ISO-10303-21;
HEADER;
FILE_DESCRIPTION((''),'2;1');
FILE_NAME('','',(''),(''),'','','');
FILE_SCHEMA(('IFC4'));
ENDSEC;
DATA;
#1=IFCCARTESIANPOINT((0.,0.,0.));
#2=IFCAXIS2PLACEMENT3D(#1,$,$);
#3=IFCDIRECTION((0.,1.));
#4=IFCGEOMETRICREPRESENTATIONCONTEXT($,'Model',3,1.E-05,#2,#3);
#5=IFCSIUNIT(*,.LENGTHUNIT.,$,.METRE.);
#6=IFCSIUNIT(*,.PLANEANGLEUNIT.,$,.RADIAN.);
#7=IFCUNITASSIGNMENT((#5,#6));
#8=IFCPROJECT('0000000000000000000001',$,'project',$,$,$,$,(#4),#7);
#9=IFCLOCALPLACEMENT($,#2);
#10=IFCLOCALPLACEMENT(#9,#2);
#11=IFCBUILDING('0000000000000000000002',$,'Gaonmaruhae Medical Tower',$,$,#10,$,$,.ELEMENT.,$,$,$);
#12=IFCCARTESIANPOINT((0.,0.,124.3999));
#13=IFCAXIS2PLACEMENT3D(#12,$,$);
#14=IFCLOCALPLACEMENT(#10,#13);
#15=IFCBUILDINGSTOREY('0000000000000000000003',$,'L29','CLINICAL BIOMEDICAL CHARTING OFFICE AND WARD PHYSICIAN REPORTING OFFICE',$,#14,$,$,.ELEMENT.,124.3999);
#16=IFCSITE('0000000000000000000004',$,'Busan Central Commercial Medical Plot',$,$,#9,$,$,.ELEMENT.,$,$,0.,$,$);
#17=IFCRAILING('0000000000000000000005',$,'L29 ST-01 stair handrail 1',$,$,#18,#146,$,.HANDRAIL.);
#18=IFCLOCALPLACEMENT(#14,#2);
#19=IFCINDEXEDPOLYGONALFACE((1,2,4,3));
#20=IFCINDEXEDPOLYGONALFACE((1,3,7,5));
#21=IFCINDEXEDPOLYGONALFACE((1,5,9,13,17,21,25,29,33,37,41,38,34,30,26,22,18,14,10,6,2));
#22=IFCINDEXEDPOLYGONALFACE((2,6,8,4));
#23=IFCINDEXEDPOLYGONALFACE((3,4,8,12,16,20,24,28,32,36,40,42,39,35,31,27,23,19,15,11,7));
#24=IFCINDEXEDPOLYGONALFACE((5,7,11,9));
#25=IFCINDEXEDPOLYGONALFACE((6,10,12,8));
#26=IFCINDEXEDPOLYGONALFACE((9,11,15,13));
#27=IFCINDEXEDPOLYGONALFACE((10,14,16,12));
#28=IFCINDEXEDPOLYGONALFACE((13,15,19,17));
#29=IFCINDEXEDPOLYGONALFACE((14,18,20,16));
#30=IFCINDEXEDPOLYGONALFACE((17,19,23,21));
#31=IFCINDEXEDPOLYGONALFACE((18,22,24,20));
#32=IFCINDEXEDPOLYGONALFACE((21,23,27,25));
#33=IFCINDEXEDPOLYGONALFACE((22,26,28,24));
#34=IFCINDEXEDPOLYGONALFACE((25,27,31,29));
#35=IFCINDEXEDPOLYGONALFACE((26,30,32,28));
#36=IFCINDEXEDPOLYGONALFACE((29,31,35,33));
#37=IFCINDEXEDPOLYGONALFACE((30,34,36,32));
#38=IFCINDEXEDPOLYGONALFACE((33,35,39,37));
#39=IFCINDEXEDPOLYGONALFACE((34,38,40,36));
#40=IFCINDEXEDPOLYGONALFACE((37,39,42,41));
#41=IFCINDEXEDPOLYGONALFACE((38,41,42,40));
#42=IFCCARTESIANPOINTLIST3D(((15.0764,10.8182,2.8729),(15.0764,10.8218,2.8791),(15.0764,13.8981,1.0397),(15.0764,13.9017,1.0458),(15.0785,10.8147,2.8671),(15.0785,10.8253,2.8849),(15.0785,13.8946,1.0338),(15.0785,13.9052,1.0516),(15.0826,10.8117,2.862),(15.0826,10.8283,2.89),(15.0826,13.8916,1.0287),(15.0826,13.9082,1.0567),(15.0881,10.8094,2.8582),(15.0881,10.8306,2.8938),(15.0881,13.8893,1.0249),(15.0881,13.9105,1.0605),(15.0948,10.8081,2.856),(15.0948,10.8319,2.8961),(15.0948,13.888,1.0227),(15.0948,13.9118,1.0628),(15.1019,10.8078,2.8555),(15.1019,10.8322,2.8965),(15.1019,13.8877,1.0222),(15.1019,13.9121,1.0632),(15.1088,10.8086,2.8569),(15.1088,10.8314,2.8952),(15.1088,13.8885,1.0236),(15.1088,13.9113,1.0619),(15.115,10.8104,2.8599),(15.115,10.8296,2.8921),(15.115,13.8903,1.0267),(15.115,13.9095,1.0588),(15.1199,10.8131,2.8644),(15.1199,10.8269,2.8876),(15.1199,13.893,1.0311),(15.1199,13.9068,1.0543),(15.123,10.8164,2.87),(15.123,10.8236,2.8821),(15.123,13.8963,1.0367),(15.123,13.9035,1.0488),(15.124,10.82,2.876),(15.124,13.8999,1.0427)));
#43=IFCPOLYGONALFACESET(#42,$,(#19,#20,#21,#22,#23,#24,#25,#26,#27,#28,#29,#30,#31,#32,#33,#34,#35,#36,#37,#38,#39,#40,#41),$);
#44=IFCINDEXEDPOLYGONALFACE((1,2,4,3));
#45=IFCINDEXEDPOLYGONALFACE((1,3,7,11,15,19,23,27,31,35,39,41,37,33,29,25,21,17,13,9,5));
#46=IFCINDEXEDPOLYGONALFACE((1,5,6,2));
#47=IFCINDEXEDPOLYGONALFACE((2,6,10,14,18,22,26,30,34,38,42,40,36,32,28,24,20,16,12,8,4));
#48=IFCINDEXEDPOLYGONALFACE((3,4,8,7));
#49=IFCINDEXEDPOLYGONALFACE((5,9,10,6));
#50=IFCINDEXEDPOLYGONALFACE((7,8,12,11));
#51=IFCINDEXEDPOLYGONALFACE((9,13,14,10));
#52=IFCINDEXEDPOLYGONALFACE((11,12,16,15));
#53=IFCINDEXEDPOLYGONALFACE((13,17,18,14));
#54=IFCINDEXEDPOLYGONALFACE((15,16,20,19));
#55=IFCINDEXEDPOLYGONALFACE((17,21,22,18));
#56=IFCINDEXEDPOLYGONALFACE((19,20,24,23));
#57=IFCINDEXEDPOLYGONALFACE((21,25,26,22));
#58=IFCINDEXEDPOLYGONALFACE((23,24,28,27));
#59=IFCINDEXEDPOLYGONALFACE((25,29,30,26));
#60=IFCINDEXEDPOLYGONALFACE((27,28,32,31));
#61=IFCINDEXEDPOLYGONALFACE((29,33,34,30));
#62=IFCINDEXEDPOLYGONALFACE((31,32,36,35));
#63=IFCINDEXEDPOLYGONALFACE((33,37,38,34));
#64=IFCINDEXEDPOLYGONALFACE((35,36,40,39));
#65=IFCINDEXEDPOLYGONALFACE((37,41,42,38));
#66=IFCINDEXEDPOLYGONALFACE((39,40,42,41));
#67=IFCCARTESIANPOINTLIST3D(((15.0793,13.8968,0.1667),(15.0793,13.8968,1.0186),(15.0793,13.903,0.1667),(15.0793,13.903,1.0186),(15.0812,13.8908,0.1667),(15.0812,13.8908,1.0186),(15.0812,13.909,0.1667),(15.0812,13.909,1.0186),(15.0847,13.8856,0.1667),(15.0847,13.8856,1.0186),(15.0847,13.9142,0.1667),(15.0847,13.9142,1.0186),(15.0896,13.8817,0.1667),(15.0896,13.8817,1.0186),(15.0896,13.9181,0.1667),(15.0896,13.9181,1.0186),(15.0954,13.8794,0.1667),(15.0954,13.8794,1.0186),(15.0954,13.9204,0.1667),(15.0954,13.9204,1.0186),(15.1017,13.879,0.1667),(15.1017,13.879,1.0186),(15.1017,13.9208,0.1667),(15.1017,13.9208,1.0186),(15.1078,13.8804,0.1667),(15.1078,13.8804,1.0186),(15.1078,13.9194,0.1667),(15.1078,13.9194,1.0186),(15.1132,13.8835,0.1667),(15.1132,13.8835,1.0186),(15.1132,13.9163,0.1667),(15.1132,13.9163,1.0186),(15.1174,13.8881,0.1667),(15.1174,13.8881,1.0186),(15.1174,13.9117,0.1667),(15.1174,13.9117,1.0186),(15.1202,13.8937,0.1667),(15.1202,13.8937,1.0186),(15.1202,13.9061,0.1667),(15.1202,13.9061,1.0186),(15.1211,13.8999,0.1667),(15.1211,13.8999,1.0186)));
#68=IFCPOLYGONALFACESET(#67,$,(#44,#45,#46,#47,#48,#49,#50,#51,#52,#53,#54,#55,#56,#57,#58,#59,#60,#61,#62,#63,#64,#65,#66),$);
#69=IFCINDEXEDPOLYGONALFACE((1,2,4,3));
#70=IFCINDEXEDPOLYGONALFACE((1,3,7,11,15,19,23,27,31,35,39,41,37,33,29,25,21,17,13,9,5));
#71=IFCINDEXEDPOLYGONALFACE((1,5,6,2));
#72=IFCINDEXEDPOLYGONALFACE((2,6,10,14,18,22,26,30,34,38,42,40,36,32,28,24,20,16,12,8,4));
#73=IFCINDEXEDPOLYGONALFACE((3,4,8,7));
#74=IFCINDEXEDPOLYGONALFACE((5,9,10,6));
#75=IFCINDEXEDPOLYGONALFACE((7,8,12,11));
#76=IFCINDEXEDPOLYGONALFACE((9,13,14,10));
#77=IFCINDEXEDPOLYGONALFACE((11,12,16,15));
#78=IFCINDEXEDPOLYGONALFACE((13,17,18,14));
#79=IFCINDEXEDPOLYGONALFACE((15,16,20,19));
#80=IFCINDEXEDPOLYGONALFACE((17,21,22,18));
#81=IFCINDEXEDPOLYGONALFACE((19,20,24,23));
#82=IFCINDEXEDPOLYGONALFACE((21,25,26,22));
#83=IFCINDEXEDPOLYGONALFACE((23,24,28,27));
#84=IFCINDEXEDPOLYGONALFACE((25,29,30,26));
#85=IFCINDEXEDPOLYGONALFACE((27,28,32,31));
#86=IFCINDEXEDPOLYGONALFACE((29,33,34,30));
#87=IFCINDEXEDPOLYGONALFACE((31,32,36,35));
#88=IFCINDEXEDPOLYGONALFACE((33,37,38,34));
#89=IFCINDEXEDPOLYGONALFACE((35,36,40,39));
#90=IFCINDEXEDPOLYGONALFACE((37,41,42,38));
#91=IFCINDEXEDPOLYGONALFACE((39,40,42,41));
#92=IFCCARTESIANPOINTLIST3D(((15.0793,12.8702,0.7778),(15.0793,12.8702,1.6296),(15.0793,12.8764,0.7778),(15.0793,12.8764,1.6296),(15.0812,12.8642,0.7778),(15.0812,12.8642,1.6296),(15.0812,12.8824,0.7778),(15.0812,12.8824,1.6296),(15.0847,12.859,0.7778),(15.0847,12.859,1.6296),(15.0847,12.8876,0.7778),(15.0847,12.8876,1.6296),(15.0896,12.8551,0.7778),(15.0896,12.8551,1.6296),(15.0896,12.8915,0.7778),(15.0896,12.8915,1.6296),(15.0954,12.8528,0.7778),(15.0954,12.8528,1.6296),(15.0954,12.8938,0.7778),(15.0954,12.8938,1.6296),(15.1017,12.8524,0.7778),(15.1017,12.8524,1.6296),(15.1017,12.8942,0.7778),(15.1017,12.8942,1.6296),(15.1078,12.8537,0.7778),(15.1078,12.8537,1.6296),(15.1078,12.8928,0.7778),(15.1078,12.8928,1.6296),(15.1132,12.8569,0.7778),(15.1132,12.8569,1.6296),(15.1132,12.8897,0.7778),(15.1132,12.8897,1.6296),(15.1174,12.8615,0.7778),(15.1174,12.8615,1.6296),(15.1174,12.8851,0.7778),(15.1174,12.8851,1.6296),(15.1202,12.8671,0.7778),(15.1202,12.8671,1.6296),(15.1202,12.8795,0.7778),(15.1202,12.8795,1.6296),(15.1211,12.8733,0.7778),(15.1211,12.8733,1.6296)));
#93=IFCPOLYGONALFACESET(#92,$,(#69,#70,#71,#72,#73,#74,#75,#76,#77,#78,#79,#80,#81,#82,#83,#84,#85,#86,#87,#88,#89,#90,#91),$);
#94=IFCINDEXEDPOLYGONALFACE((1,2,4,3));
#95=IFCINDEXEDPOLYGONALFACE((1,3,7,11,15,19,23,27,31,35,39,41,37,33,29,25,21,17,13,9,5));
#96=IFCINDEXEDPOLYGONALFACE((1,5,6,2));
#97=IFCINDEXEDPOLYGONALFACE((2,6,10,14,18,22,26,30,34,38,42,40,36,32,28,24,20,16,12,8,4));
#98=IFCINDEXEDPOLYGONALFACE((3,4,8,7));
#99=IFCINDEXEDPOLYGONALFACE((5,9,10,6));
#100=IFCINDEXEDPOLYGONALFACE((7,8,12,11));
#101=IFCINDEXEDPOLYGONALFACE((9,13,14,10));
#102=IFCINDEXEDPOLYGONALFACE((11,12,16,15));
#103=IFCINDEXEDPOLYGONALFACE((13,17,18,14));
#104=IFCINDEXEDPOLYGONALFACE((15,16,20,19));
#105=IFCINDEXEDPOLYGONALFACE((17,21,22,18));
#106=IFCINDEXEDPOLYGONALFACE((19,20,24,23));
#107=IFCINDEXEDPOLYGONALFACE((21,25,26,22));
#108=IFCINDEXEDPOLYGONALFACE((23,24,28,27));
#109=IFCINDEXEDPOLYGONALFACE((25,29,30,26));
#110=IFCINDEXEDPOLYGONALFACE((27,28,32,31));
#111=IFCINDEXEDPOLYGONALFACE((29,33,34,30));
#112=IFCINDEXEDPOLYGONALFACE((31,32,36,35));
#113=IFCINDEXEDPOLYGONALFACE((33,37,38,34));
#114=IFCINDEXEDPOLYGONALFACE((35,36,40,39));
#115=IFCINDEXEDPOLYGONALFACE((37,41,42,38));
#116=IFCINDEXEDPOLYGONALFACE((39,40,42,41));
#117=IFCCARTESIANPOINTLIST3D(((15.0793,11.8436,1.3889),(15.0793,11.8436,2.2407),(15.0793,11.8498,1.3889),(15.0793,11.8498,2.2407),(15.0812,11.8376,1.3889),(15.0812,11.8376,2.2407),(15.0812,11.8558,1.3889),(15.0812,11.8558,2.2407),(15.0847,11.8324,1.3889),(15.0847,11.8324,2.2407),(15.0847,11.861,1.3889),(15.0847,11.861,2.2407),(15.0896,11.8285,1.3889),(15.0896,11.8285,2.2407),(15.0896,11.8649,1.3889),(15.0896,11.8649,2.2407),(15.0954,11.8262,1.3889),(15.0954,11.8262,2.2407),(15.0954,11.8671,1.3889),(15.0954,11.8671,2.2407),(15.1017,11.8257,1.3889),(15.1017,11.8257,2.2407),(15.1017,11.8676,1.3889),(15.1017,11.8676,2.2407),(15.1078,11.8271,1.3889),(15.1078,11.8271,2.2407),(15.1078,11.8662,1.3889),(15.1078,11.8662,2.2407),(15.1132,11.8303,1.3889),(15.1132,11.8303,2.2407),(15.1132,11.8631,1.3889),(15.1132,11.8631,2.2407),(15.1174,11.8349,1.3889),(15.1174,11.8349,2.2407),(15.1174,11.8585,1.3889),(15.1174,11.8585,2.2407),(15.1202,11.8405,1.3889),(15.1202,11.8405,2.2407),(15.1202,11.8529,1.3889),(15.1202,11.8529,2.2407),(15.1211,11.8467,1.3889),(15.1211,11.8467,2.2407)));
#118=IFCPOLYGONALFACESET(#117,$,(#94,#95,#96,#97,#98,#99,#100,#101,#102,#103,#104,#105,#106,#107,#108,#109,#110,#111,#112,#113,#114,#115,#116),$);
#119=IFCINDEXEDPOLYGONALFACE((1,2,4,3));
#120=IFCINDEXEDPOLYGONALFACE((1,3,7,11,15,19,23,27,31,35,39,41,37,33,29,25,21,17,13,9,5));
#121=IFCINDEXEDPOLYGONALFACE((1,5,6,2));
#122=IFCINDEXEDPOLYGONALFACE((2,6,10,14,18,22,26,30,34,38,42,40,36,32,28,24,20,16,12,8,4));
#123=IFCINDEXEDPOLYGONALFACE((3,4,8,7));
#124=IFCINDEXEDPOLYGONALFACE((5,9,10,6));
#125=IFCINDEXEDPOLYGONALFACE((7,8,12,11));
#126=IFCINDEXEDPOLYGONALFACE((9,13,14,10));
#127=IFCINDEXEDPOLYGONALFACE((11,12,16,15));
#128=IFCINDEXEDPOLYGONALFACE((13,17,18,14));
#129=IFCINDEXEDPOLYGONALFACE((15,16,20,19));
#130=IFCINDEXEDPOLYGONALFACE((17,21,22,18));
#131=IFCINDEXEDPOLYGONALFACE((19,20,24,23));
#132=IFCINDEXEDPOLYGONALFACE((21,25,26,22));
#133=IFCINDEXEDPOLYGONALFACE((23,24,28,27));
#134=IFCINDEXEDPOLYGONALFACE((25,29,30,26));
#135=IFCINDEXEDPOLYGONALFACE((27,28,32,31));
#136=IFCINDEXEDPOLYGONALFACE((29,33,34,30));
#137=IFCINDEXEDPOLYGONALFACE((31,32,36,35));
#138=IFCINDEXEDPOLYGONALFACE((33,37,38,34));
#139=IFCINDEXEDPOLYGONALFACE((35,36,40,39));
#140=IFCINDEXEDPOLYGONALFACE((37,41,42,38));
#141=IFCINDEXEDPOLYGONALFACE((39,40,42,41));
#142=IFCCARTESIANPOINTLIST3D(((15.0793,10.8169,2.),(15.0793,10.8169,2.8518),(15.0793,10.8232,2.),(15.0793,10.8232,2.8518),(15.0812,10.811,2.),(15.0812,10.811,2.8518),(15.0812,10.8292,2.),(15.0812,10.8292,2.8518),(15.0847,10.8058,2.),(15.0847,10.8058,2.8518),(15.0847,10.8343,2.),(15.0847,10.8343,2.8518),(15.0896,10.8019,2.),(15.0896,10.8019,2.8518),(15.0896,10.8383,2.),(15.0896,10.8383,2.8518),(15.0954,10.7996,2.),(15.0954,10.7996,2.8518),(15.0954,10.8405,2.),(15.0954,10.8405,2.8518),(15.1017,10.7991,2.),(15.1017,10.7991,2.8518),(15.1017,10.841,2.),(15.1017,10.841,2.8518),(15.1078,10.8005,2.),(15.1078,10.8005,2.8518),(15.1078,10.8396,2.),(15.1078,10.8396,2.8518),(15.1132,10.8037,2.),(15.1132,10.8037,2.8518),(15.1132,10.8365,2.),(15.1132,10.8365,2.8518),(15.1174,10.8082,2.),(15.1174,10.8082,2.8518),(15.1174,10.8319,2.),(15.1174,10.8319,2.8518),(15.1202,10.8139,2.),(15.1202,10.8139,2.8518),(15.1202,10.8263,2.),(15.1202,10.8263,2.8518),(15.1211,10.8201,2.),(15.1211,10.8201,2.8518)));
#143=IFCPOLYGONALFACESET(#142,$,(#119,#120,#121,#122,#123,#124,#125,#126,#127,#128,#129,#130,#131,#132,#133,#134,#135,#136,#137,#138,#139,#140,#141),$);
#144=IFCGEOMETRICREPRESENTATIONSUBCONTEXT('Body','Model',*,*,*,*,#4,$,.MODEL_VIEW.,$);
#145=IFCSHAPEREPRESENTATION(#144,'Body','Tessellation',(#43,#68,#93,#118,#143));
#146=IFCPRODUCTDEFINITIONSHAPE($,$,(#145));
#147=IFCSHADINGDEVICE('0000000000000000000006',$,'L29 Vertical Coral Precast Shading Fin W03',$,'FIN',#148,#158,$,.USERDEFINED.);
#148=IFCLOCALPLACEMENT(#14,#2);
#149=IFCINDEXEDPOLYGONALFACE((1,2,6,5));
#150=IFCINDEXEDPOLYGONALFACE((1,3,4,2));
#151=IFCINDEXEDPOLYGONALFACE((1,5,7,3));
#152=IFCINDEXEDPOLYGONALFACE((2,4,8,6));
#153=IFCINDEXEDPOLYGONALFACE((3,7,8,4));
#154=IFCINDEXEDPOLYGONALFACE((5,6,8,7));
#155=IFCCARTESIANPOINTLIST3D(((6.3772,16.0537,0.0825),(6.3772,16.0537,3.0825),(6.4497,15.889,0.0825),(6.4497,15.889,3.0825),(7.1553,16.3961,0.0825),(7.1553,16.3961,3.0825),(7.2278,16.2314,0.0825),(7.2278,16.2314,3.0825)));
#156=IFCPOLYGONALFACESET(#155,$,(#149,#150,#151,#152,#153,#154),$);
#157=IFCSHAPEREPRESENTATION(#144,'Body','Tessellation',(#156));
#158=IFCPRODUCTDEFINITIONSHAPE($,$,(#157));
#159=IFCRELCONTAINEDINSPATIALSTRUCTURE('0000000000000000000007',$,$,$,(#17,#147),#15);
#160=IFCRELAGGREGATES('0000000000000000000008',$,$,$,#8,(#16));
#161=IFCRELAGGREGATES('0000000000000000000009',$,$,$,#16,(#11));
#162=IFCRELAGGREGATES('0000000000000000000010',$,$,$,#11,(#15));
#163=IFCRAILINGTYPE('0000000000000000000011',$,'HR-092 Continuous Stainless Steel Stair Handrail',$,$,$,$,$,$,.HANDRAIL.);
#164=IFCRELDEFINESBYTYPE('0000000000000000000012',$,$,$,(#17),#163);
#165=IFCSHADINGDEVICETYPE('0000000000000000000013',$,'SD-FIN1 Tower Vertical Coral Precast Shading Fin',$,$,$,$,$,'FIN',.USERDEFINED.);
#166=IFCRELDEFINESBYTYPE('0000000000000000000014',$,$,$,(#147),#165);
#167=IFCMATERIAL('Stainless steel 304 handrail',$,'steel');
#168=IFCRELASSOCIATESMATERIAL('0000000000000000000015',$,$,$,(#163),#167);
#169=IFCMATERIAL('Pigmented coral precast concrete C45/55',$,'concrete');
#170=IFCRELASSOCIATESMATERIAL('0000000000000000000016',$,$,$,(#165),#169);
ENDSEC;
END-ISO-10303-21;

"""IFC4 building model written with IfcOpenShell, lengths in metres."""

from ifc_helpers import new_model, si_unit, direction, frame, origin, origin_2d, place, context, subcontext, project, spatial, rectangle, circle, extrude, material, type_object, element, save


model = new_model("IFC4")

# Units and contexts
model_context = context("Model", 3, precision=1e-05, world=origin(), true_north=direction((0.0, 1.0)))
body_context = subcontext(model_context, "Body", "Model", "MODEL_VIEW")
ifc_project = project(units=[si_unit("LENGTHUNIT", "METRE"), si_unit("PLANEANGLEUNIT", "RADIAN")], contexts=[model_context])

# Site, building, storey
site_placement = place(None, origin())
site = spatial("IfcSite", under=ifc_project, at=site_placement, Name="Busan Central Commercial Medical Plot", CompositionType="ELEMENT", RefElevation=0.0)
building_placement = place(site_placement, origin())
building = spatial("IfcBuilding", under=site, at=building_placement, Name="Gaonmaruhae Medical Tower", CompositionType="ELEMENT")
storey_placement = place(building_placement, frame((0.0, 0.0, 124.3999)))
storey = spatial("IfcBuildingStorey", under=building, at=storey_placement, Name="L29", Description="CLINICAL BIOMEDICAL CHARTING OFFICE AND WARD PHYSICIAN REPORTING OFFICE", CompositionType="ELEMENT", Elevation=124.3999)

# Railing
ifc_material_1 = material(Name="Stainless steel 304 handrail", Category="steel")
railing_type = type_object("IfcRailingType", Name="HR-092 Continuous Stainless Steel Stair Handrail", PredefinedType="HANDRAIL", material=ifc_material_1)
railing_placement = place(storey_placement, frame((15.1001, 13.8999, 0.1667)))
element("IfcRailing", 1, at=railing_placement, inside=storey, type_object=railing_type, Name="L29 ST-01 stair handrail 1", PredefinedType="HANDRAIL", context=body_context, shape_type="SweptSolid", body=[
    extrude(circle(Radius=0.0239, at=origin_2d()), frame((0.0, 0.0, 0.876), z_axis=(0.0, -0.859291, 0.511487), x_axis=(1.0, 0.0, 0.0)), (0.0, 0.0, 1.0), 3.5842),
    extrude(circle(Radius=0.021, at=origin_2d()), origin(), (0.0, 0.0, 1.0), 0.8518),
    extrude(circle(Radius=0.021, at=origin_2d()), frame((0.0, -1.0266, 0.6111)), (0.0, 0.0, 1.0), 0.8518),
    extrude(circle(Radius=0.021, at=origin_2d()), frame((0.0, -2.0532, 1.2222)), (0.0, 0.0, 1.0), 0.8518),
    extrude(circle(Radius=0.021, at=origin_2d()), frame((0.0, -3.0798, 1.8333)), (0.0, 0.0, 1.0), 0.8518),
])

# Shading device
ifc_material_2 = material(Name="Pigmented coral precast concrete C45/55", Category="concrete")
shading_device_type = type_object("IfcShadingDeviceType", Name="SD-FIN1 Tower Vertical Coral Precast Shading Fin", ElementType="FIN", PredefinedType="USERDEFINED", material=ifc_material_2)
shading_device_placement = place(storey_placement, frame((6.8025, 16.1426, 0.0825), z_axis=(0.0, 0.0, 1.0), x_axis=(-0.402747, 0.915311, 0.0)))
element("IfcShadingDevice", 2, at=shading_device_placement, inside=storey, type_object=shading_device_type, Name="L29 Vertical Coral Precast Shading Fin W03", ObjectType="FIN", PredefinedType="USERDEFINED", context=body_context, shape_type="SweptSolid", body=[
    extrude(rectangle(XDim=0.1799, YDim=0.8501, at=origin_2d()), origin(), (0.0, 0.0, 1.0), 3.0),
])

save(model, "model.ifc")
